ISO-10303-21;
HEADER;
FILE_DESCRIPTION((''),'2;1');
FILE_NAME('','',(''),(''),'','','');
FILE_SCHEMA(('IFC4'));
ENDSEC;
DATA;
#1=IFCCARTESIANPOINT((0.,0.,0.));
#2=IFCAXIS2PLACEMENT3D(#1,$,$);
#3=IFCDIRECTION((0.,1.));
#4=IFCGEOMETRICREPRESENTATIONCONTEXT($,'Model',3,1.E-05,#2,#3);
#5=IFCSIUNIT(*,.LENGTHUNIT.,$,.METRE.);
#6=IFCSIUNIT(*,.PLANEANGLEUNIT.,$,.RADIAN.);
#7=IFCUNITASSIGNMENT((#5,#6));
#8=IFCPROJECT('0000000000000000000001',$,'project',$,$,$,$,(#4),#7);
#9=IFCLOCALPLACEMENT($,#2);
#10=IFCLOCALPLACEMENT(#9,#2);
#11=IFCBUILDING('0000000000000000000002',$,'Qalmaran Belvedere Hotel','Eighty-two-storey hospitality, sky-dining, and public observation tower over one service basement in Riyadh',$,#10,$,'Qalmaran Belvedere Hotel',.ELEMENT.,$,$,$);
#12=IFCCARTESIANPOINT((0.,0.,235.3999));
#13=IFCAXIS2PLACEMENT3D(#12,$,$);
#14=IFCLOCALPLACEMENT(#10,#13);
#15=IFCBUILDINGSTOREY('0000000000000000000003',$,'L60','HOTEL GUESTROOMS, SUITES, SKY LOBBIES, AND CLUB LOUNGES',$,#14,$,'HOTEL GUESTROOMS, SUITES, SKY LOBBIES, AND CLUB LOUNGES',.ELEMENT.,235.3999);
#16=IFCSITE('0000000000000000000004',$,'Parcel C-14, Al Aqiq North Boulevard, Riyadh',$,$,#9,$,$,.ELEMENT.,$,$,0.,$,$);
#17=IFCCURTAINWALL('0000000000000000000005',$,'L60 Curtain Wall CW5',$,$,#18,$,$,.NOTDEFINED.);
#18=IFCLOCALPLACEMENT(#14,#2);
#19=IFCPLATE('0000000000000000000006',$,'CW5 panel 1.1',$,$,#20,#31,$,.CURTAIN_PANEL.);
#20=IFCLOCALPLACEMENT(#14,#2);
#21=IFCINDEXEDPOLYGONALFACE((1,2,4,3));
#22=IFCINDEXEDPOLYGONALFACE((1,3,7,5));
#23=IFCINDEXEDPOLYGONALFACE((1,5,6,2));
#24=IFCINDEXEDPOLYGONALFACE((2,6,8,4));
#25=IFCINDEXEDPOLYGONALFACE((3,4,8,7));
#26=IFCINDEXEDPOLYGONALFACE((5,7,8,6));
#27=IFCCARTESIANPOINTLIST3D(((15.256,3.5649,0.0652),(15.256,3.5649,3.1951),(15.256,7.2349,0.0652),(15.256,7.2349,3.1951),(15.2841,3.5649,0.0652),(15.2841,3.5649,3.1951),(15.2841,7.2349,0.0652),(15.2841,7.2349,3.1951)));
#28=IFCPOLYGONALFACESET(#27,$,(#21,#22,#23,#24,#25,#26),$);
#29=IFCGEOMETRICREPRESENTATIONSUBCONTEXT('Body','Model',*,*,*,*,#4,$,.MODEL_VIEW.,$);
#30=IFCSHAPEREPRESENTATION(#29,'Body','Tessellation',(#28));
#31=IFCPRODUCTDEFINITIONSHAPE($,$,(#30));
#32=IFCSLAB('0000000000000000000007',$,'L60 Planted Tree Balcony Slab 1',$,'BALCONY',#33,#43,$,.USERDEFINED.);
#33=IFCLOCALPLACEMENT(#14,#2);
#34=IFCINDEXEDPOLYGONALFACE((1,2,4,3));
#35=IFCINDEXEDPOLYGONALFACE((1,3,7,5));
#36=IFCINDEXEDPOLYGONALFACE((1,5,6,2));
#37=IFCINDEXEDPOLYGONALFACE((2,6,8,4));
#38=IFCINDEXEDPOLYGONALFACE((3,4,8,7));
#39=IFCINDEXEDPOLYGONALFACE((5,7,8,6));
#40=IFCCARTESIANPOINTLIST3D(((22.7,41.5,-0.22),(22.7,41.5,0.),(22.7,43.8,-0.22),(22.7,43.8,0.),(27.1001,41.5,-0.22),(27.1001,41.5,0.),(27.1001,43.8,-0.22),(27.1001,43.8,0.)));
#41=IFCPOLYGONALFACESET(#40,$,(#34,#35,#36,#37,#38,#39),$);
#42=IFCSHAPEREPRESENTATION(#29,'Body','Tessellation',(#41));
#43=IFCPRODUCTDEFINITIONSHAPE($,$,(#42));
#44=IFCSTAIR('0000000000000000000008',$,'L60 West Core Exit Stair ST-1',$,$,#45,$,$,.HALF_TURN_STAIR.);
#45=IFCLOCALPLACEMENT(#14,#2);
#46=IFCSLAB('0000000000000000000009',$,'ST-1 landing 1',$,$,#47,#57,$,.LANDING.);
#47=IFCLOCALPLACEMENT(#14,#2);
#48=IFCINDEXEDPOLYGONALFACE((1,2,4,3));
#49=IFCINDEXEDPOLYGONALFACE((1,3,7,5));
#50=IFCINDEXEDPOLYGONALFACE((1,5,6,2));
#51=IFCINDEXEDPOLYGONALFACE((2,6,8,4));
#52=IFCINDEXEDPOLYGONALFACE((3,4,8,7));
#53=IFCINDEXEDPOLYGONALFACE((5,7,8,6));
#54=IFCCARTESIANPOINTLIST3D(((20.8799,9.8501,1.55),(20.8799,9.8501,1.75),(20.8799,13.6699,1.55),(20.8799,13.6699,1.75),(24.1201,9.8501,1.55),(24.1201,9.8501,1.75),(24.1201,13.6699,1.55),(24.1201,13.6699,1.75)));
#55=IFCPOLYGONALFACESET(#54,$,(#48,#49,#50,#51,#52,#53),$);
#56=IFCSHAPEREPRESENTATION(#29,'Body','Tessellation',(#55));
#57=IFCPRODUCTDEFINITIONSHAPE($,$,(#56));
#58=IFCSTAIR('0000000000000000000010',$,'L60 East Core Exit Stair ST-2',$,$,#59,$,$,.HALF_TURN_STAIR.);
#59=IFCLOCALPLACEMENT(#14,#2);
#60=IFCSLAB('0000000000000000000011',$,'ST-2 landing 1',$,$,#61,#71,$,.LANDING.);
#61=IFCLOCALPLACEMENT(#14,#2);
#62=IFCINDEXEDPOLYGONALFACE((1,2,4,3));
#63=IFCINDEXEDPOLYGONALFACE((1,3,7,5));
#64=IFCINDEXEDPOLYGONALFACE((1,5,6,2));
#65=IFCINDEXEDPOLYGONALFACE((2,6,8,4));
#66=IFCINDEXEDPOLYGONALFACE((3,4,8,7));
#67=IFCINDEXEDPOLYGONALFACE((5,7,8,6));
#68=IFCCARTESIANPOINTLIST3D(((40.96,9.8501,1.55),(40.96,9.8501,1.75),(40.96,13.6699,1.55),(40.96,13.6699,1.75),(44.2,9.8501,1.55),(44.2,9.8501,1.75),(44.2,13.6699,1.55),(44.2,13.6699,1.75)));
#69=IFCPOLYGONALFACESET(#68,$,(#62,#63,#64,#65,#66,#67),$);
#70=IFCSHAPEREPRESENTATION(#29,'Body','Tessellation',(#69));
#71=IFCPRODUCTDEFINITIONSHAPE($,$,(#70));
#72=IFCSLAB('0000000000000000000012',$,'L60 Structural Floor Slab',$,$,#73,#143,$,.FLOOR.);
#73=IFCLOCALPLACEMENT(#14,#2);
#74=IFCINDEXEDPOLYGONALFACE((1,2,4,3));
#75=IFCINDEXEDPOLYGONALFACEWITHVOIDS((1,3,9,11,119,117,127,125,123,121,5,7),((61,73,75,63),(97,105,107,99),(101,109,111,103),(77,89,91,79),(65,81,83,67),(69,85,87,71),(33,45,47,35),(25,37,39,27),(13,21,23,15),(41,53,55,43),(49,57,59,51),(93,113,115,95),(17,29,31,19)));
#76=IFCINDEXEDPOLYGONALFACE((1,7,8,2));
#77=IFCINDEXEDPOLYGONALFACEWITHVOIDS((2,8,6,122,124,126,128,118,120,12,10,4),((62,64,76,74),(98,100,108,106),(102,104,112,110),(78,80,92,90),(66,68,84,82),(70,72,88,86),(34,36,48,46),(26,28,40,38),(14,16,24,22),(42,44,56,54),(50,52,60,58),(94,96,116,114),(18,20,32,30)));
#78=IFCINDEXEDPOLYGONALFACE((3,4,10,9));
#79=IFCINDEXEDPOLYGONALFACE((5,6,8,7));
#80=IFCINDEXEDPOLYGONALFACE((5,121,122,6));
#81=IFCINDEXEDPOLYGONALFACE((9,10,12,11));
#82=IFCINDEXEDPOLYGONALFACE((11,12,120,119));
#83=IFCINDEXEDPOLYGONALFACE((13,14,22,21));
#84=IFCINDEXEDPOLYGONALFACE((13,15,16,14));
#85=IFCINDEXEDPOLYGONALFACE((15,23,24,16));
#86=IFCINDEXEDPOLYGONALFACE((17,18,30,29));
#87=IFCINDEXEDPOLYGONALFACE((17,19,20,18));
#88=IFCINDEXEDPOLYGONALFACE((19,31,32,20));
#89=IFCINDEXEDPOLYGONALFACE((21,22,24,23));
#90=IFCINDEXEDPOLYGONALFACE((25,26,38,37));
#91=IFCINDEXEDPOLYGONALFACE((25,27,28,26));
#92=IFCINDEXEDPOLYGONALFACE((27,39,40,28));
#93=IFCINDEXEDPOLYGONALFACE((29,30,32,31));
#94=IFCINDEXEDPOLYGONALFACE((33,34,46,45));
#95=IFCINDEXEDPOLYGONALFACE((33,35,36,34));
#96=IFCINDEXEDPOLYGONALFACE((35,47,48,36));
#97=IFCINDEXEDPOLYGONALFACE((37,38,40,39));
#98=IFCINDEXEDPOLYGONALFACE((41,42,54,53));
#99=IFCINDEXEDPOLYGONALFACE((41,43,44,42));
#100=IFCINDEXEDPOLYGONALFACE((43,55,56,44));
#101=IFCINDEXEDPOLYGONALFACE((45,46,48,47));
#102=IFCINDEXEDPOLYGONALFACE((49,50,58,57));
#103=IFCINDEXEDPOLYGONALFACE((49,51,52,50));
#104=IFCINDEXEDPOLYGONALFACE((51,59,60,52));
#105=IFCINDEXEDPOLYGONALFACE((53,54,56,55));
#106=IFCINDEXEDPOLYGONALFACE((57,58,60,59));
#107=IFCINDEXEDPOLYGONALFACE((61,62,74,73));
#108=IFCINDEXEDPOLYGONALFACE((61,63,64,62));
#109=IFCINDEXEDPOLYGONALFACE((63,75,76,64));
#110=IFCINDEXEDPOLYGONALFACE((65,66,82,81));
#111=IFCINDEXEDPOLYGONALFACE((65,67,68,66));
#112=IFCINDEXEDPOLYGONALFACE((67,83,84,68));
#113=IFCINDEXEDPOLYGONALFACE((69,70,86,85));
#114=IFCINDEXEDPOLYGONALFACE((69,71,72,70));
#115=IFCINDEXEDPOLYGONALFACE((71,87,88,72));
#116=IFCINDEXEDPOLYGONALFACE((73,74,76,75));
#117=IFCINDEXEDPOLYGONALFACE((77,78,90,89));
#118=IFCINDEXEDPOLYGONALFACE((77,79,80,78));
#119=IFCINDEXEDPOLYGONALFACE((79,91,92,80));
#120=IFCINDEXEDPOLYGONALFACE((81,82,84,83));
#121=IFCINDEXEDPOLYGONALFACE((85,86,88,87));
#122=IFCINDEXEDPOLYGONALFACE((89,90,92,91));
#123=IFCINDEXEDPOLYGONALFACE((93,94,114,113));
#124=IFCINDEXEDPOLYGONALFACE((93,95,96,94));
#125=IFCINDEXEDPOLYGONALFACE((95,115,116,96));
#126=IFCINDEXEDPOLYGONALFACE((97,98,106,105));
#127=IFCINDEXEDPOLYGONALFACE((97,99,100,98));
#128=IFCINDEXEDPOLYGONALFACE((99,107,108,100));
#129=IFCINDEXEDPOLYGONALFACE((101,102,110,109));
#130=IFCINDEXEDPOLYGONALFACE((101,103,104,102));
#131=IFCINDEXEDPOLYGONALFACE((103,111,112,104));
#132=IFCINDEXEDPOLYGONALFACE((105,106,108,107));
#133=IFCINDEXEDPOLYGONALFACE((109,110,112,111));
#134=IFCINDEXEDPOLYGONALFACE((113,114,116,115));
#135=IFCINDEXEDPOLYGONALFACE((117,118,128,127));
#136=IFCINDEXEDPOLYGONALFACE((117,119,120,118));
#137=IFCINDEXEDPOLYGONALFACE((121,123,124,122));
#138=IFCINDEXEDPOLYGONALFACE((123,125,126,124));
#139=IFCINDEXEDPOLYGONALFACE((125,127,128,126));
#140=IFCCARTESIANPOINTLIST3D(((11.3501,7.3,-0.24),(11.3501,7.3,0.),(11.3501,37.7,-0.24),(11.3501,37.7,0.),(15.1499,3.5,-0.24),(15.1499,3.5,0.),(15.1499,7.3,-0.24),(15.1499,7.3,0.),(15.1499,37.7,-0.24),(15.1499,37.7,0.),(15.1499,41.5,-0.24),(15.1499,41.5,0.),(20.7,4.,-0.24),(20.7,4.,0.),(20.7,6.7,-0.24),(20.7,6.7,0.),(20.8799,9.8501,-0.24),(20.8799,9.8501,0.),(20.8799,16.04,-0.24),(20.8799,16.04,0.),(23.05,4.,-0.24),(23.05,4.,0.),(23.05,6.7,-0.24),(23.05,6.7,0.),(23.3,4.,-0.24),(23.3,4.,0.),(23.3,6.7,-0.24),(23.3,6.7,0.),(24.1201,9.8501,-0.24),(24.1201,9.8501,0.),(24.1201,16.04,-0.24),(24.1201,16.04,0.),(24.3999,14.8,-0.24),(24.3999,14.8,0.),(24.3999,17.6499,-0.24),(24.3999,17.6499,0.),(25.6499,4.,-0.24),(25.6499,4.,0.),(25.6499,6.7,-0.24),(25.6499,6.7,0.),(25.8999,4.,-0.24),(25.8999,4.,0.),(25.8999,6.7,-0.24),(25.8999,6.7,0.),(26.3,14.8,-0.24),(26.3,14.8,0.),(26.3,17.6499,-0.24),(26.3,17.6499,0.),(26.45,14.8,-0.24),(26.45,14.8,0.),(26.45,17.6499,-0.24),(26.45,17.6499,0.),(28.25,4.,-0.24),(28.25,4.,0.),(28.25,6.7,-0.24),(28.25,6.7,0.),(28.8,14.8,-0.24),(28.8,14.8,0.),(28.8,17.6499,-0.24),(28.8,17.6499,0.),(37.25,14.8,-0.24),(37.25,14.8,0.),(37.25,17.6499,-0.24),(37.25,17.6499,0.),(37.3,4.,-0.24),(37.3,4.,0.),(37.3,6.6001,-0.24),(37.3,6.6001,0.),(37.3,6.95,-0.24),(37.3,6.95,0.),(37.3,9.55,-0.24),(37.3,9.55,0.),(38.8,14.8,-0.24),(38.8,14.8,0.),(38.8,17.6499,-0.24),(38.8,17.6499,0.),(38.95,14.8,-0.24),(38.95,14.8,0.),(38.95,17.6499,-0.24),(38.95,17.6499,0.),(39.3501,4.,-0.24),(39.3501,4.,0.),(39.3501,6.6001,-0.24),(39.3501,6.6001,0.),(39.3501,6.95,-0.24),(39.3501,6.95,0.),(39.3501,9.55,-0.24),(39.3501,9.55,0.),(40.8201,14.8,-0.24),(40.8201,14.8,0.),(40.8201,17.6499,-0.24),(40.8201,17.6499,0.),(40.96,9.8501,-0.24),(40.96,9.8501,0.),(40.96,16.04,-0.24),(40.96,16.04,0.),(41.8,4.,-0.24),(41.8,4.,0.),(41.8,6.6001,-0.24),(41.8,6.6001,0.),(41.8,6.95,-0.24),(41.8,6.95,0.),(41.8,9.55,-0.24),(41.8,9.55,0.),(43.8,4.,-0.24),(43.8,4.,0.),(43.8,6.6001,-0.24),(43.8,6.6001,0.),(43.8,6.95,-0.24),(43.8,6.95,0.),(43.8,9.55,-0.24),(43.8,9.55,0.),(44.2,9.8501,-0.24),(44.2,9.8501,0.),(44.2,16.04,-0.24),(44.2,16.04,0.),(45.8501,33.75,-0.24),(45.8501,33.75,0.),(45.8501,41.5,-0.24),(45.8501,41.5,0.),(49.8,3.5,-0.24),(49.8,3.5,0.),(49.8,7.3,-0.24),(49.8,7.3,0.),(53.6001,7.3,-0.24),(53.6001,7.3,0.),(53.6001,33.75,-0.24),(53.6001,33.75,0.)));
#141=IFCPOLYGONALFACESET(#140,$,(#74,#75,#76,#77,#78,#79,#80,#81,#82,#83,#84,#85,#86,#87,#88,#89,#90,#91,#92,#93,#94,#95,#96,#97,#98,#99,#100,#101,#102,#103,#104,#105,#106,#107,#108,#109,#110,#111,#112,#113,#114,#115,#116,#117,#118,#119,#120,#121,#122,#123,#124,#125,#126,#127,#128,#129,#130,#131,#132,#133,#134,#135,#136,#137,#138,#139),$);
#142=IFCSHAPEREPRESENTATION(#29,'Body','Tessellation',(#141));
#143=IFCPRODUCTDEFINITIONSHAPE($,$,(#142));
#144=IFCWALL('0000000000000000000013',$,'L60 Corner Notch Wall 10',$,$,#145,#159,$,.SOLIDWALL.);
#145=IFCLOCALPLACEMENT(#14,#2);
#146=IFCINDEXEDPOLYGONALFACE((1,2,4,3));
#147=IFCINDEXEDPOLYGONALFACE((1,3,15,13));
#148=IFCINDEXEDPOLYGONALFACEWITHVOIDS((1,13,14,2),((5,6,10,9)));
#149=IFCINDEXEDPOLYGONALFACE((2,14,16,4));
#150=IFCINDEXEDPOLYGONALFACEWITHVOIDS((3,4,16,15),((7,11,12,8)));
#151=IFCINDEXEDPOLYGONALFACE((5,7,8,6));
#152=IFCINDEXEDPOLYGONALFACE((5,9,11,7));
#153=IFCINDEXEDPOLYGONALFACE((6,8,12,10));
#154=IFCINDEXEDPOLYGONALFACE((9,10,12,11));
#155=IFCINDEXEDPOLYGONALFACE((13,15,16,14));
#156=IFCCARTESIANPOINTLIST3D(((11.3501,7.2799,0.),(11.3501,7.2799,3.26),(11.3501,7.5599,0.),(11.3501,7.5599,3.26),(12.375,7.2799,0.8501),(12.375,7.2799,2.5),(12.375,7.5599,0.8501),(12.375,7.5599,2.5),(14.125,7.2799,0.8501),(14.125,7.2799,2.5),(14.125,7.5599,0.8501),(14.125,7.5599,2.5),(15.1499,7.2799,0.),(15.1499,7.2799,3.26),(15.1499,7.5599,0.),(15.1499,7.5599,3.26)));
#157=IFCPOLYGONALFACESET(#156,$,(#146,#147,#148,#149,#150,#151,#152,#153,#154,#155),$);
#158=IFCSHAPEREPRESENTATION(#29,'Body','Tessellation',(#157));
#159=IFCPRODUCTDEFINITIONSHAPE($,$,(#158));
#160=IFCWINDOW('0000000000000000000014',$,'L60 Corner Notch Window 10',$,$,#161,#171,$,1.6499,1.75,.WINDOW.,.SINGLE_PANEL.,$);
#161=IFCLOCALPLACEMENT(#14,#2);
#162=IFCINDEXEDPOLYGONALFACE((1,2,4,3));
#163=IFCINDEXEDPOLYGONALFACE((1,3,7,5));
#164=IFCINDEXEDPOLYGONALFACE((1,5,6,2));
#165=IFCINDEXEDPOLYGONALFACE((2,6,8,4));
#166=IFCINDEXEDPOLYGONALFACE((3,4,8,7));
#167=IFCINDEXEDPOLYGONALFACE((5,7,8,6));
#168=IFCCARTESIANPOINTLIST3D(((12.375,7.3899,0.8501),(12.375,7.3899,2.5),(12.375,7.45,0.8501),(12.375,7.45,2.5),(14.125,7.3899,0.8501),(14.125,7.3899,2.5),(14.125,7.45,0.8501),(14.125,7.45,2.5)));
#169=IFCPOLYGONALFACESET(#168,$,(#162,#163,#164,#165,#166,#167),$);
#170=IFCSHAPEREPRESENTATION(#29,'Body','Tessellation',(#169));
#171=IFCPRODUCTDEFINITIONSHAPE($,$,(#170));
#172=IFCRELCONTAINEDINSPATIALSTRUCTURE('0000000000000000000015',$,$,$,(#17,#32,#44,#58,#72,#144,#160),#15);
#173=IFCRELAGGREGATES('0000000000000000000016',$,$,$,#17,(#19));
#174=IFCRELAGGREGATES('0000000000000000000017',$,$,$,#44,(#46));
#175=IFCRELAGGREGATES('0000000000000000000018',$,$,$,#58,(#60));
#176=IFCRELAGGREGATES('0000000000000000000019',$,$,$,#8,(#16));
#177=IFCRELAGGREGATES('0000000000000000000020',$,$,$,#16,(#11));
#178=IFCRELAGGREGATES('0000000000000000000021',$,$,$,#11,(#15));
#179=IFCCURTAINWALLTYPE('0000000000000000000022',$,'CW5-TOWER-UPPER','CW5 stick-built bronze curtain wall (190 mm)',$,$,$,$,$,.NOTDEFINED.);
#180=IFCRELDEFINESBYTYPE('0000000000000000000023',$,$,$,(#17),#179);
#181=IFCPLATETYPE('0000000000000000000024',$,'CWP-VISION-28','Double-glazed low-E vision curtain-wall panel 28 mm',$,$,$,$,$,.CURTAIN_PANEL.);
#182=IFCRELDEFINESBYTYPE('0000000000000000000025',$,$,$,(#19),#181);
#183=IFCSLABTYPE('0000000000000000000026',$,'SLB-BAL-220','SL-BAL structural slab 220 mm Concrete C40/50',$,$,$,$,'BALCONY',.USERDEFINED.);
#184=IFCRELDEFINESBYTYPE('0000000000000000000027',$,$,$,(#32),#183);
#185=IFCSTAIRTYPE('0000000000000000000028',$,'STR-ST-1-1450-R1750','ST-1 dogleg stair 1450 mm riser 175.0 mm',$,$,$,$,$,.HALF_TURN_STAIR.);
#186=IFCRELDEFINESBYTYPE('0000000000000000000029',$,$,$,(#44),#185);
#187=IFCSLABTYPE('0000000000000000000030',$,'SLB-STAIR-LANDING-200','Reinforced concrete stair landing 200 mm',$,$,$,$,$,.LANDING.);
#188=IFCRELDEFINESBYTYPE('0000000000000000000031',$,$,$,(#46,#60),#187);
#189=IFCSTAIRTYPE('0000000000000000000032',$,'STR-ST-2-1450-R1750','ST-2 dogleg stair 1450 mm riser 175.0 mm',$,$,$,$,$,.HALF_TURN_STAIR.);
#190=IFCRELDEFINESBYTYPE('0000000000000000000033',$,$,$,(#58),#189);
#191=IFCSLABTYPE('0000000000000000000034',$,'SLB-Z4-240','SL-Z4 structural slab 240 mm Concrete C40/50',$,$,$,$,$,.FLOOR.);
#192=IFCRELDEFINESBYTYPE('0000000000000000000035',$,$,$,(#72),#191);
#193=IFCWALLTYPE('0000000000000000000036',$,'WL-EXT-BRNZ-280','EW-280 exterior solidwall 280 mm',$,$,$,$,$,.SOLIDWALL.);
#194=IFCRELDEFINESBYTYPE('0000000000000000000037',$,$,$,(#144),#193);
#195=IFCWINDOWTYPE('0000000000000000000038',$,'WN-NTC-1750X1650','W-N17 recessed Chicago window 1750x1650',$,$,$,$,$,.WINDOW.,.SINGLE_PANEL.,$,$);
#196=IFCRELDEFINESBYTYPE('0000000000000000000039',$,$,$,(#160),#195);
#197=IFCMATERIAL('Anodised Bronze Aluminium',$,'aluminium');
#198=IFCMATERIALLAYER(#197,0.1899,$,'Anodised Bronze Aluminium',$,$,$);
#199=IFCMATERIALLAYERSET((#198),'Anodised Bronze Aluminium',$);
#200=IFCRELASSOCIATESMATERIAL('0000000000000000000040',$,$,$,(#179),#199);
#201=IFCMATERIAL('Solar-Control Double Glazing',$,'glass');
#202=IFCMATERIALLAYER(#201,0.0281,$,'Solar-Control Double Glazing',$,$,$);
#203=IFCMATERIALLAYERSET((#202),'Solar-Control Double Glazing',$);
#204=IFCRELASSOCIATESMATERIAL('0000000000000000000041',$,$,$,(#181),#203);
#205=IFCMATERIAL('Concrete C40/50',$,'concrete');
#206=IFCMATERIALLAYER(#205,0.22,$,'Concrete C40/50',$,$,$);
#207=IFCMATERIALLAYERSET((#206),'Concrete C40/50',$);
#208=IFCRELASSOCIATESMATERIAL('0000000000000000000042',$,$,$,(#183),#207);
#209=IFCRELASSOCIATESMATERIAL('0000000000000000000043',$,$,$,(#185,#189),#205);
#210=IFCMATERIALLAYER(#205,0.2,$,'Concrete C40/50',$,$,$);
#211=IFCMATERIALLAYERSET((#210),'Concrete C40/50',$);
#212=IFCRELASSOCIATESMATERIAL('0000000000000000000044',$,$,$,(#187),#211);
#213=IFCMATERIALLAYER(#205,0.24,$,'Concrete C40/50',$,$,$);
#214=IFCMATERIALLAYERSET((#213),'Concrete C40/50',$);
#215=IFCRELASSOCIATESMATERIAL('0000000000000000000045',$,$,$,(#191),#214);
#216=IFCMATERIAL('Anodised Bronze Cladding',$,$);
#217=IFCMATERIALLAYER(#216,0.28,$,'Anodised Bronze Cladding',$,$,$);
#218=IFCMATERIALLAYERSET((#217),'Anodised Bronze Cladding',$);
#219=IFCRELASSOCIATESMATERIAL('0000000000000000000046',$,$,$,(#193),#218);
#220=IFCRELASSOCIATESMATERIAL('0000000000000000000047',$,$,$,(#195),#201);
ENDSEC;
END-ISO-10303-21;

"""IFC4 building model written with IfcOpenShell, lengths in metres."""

from ifc_helpers import new_model, si_unit, direction, frame, frame_2d, origin, origin_2d, place, context, subcontext, project, spatial, polyline, rectangle, outline, extrude, material, layer, layer_set, type_object, element, fill, aggregate, save


model = new_model("IFC4")

# Units and contexts
model_context = context("Model", 3, precision=1e-05, world=origin(), true_north=direction((0.0, 1.0)))
body_context = subcontext(model_context, "Body", "Model", "MODEL_VIEW")
ifc_project = project(units=[si_unit("LENGTHUNIT", "METRE"), si_unit("PLANEANGLEUNIT", "RADIAN")], contexts=[model_context])

# Site, building, storey
site_placement = place(None, origin())
site = spatial("IfcSite", under=ifc_project, at=site_placement, Name="Parcel C-14, Al Aqiq North Boulevard, Riyadh", CompositionType="ELEMENT", RefElevation=0.0)
building_placement = place(site_placement, origin())
building = spatial("IfcBuilding", under=site, at=building_placement, Name="Qalmaran Belvedere Hotel", Description="Eighty-two-storey hospitality, sky-dining, and public observation tower over one service basement in Riyadh", LongName="Qalmaran Belvedere Hotel", CompositionType="ELEMENT")
storey_placement = place(building_placement, frame((0.0, 0.0, 235.3999)))
storey = spatial("IfcBuildingStorey", under=building, at=storey_placement, Name="L60", Description="HOTEL GUESTROOMS, SUITES, SKY LOBBIES, AND CLUB LOUNGES", LongName="HOTEL GUESTROOMS, SUITES, SKY LOBBIES, AND CLUB LOUNGES", CompositionType="ELEMENT", Elevation=235.3999)

# Shared definitions
ifc_material_1 = material(Name="Anodised Bronze Aluminium", Category="aluminium")
ifc_layer_1 = layer(ifc_material_1, 0.1899, Name="Anodised Bronze Aluminium")
ifc_layer_set_1 = layer_set([ifc_layer_1], Name="Anodised Bronze Aluminium")
curtain_wall_type = type_object("IfcCurtainWallType", Name="CW5-TOWER-UPPER", Description="CW5 stick-built bronze curtain wall (190 mm)", PredefinedType="NOTDEFINED", material=ifc_layer_set_1)

# Curtain wall
curtain_wall_1_placement = place(storey_placement, origin())
curtain_wall_1 = element("IfcCurtainWall", 1, at=curtain_wall_1_placement, inside=storey, type_object=curtain_wall_type, Name="L60 Curtain Wall CW5", PredefinedType="NOTDEFINED")

# Plate
ifc_material_2 = material(Name="Solar-Control Double Glazing", Category="glass")
ifc_layer_2 = layer(ifc_material_2, 0.0281, Name="Solar-Control Double Glazing")
ifc_layer_set_2 = layer_set([ifc_layer_2], Name="Solar-Control Double Glazing")
plate_type = type_object("IfcPlateType", Name="CWP-VISION-28", Description="Double-glazed low-E vision curtain-wall panel 28 mm", PredefinedType="CURTAIN_PANEL", material=ifc_layer_set_2)
plate_1_placement = place(storey_placement, frame((15.27, 5.3999, 0.0652), z_axis=(0.0, 0.0, 1.0), x_axis=(0.0, -1.0, 0.0)))
plate_1 = element("IfcPlate", 2, at=plate_1_placement, type_object=plate_type, Name="CW5 panel 1.1", PredefinedType="CURTAIN_PANEL", context=body_context, shape_type="SweptSolid", body=[
    extrude(rectangle(XDim=3.6699, YDim=0.0281, at=origin_2d()), origin(), (0.0, 0.0, 1.0), 3.1299),
])
aggregate(curtain_wall_1, [plate_1])

# Slab
ifc_material_3 = material(Name="Concrete C40/50", Category="concrete")
ifc_layer_3 = layer(ifc_material_3, 0.22, Name="Concrete C40/50")
ifc_layer_set_3 = layer_set([ifc_layer_3], Name="Concrete C40/50")
slab_type_1 = type_object("IfcSlabType", Name="SLB-BAL-220", Description="SL-BAL structural slab 220 mm Concrete C40/50", ElementType="BALCONY", PredefinedType="USERDEFINED", material=ifc_layer_set_3)
slab_1_placement = place(storey_placement, frame((0.0, 0.0, -0.22)))
element("IfcSlab", 3, at=slab_1_placement, inside=storey, type_object=slab_type_1, Name="L60 Planted Tree Balcony Slab 1", ObjectType="BALCONY", PredefinedType="USERDEFINED", context=body_context, shape_type="SweptSolid", body=[
    extrude(outline(polyline([(22.7, 41.5), (27.1001, 41.5), (27.1001, 43.8), (22.7, 43.8), (22.7, 41.5)])), origin(), (0.0, 0.0, 1.0), 0.22),
])

# Stairs, slabs
stair_type_1 = type_object("IfcStairType", Name="STR-ST-1-1450-R1750", Description="ST-1 dogleg stair 1450 mm riser 175.0 mm", PredefinedType="HALF_TURN_STAIR", material=ifc_material_3)
stair_1_placement = place(storey_placement, origin())
stair_1 = element("IfcStair", 4, at=stair_1_placement, inside=storey, type_object=stair_type_1, Name="L60 West Core Exit Stair ST-1", PredefinedType="HALF_TURN_STAIR")
ifc_layer_4 = layer(ifc_material_3, 0.2, Name="Concrete C40/50")
ifc_layer_set_4 = layer_set([ifc_layer_4], Name="Concrete C40/50")
slab_type_2 = type_object("IfcSlabType", Name="SLB-STAIR-LANDING-200", Description="Reinforced concrete stair landing 200 mm", PredefinedType="LANDING", material=ifc_layer_set_4)
slab_2_placement = place(storey_placement, frame((0.0, 0.0, 1.55)))
slab_2 = element("IfcSlab", 5, at=slab_2_placement, type_object=slab_type_2, Name="ST-1 landing 1", PredefinedType="LANDING", context=body_context, shape_type="SweptSolid", body=[
    extrude(outline(polyline([(20.8799, 13.6699), (20.8799, 9.8501), (24.1201, 9.8501), (24.1201, 13.6699), (20.8799, 13.6699)])), origin(), (0.0, 0.0, 1.0), 0.2),
])
aggregate(stair_1, [slab_2])
stair_type_2 = type_object("IfcStairType", Name="STR-ST-2-1450-R1750", Description="ST-2 dogleg stair 1450 mm riser 175.0 mm", PredefinedType="HALF_TURN_STAIR", material=ifc_material_3)
stair_2_placement = place(storey_placement, origin())
stair_2 = element("IfcStair", 6, at=stair_2_placement, inside=storey, type_object=stair_type_2, Name="L60 East Core Exit Stair ST-2", PredefinedType="HALF_TURN_STAIR")
slab_3_placement = place(storey_placement, frame((0.0, 0.0, 1.55)))
slab_3 = element("IfcSlab", 7, at=slab_3_placement, type_object=slab_type_2, Name="ST-2 landing 1", PredefinedType="LANDING", context=body_context, shape_type="SweptSolid", body=[
    extrude(outline(polyline([(40.96, 13.6699), (40.96, 9.8501), (44.2, 9.8501), (44.2, 13.6699), (40.96, 13.6699)])), origin(), (0.0, 0.0, 1.0), 0.2),
])
aggregate(stair_2, [slab_3])

# Slab
ifc_layer_5 = layer(ifc_material_3, 0.24, Name="Concrete C40/50")
ifc_layer_set_5 = layer_set([ifc_layer_5], Name="Concrete C40/50")
slab_type_3 = type_object("IfcSlabType", Name="SLB-Z4-240", Description="SL-Z4 structural slab 240 mm Concrete C40/50", PredefinedType="FLOOR", material=ifc_layer_set_5)
slab_4_placement = place(storey_placement, frame((0.0, 0.0, -0.24)))
element("IfcSlab", 8, at=slab_4_placement, inside=storey, type_object=slab_type_3, Name="L60 Structural Floor Slab", PredefinedType="FLOOR", context=body_context, shape_type="SweptSolid", body=[
    extrude(outline(polyline([(15.1499, 3.5), (49.8, 3.5), (49.8, 7.3), (53.6001, 7.3), (53.6001, 33.75), (45.8501, 33.75), (45.8501, 41.5), (15.1499, 41.5), (15.1499, 37.7), (11.3501, 37.7), (11.3501, 7.3), (15.1499, 7.3), (15.1499, 3.5)]), holes=[polyline([(20.8799, 9.8501), (24.1201, 9.8501), (24.1201, 16.04), (20.8799, 16.04), (20.8799, 9.8501)]), polyline([(40.96, 9.8501), (44.2, 9.8501), (44.2, 16.04), (40.96, 16.04), (40.96, 9.8501)]), polyline([(37.3, 4.0), (39.3501, 4.0), (39.3501, 6.6001), (37.3, 6.6001), (37.3, 4.0)]), polyline([(37.3, 6.95), (39.3501, 6.95), (39.3501, 9.55), (37.3, 9.55), (37.3, 6.95)]), polyline([(41.8, 4.0), (43.8, 4.0), (43.8, 6.6001), (41.8, 6.6001), (41.8, 4.0)]), polyline([(41.8, 6.95), (43.8, 6.95), (43.8, 9.55), (41.8, 9.55), (41.8, 6.95)]), polyline([(20.7, 4.0), (23.05, 4.0), (23.05, 6.7), (20.7, 6.7), (20.7, 4.0)]), polyline([(23.3, 4.0), (25.6499, 4.0), (25.6499, 6.7), (23.3, 6.7), (23.3, 4.0)]), polyline([(25.8999, 4.0), (28.25, 4.0), (28.25, 6.7), (25.8999, 6.7), (25.8999, 4.0)]), polyline([(24.3999, 14.8), (26.3, 14.8), (26.3, 17.6499), (24.3999, 17.6499), (24.3999, 14.8)]), polyline([(38.95, 14.8), (40.8201, 14.8), (40.8201, 17.6499), (38.95, 17.6499), (38.95, 14.8)]), polyline([(26.45, 14.8), (28.8, 14.8), (28.8, 17.6499), (26.45, 17.6499), (26.45, 14.8)]), polyline([(37.25, 14.8), (38.8, 14.8), (38.8, 17.6499), (37.25, 17.6499), (37.25, 14.8)])]), origin(), (0.0, 0.0, 1.0), 0.24),
])

# Wall, opening, window
ifc_material_4 = material(Name="Anodised Bronze Cladding")
ifc_layer_6 = layer(ifc_material_4, 0.28, Name="Anodised Bronze Cladding")
ifc_layer_set_6 = layer_set([ifc_layer_6], Name="Anodised Bronze Cladding")
wall_type_1 = type_object("IfcWallType", Name="WL-EXT-BRNZ-280", Description="EW-280 exterior solidwall 280 mm", PredefinedType="SOLIDWALL", material=ifc_layer_set_6)
wall_1_placement = place(storey_placement, frame((11.3501, 7.4199, 0.0), z_axis=(0.0, 0.0, 1.0), x_axis=(1.0, 0.0, 0.0)))
wall_1 = element("IfcWall", 9, at=wall_1_placement, inside=storey, type_object=wall_type_1, Name="L60 Corner Notch Wall 10", PredefinedType="SOLIDWALL", context=body_context, shape_type="SweptSolid", body=[
    extrude(rectangle(XDim=3.7998, YDim=0.28, at=frame_2d((1.8999, 0.0))), origin(), (0.0, 0.0, 1.0), 3.26),
])
opening_1_placement = place(wall_1_placement, frame((1.0249, 0.0, 0.8501)))
opening_1 = element("IfcOpeningElement", 10, at=opening_1_placement, cuts=wall_1, PredefinedType="OPENING", context=body_context, shape_type="SweptSolid", body=[
    extrude(rectangle(XDim=1.75, YDim=1.6499, at=frame_2d((0.875, 0.825))), frame((0.0, 0.1499, 0.0), z_axis=(0.0, -1.0, 0.0), x_axis=(1.0, 0.0, 0.0)), (0.0, 0.0, 1.0), 0.3),
])
window_type = type_object("IfcWindowType", Name="WN-NTC-1750X1650", Description="W-N17 recessed Chicago window 1750x1650", PartitioningType="SINGLE_PANEL", PredefinedType="WINDOW", material=ifc_material_2)
window_placement = place(opening_1_placement, origin())
window = element("IfcWindow", 11, at=window_placement, inside=storey, type_object=window_type, Name="L60 Corner Notch Window 10", OverallHeight=1.6499, OverallWidth=1.75, PartitioningType="SINGLE_PANEL", PredefinedType="WINDOW", context=body_context, shape_type="SweptSolid", body=[
    extrude(rectangle(XDim=1.75, YDim=1.6499, at=frame_2d((0.875, 0.825))), frame((0.0, 0.03, 0.0), z_axis=(0.0, -1.0, 0.0), x_axis=(1.0, 0.0, 0.0)), (0.0, 0.0, 1.0), 0.0601),
])
fill(opening_1, window)

save(model, "model.ifc")
